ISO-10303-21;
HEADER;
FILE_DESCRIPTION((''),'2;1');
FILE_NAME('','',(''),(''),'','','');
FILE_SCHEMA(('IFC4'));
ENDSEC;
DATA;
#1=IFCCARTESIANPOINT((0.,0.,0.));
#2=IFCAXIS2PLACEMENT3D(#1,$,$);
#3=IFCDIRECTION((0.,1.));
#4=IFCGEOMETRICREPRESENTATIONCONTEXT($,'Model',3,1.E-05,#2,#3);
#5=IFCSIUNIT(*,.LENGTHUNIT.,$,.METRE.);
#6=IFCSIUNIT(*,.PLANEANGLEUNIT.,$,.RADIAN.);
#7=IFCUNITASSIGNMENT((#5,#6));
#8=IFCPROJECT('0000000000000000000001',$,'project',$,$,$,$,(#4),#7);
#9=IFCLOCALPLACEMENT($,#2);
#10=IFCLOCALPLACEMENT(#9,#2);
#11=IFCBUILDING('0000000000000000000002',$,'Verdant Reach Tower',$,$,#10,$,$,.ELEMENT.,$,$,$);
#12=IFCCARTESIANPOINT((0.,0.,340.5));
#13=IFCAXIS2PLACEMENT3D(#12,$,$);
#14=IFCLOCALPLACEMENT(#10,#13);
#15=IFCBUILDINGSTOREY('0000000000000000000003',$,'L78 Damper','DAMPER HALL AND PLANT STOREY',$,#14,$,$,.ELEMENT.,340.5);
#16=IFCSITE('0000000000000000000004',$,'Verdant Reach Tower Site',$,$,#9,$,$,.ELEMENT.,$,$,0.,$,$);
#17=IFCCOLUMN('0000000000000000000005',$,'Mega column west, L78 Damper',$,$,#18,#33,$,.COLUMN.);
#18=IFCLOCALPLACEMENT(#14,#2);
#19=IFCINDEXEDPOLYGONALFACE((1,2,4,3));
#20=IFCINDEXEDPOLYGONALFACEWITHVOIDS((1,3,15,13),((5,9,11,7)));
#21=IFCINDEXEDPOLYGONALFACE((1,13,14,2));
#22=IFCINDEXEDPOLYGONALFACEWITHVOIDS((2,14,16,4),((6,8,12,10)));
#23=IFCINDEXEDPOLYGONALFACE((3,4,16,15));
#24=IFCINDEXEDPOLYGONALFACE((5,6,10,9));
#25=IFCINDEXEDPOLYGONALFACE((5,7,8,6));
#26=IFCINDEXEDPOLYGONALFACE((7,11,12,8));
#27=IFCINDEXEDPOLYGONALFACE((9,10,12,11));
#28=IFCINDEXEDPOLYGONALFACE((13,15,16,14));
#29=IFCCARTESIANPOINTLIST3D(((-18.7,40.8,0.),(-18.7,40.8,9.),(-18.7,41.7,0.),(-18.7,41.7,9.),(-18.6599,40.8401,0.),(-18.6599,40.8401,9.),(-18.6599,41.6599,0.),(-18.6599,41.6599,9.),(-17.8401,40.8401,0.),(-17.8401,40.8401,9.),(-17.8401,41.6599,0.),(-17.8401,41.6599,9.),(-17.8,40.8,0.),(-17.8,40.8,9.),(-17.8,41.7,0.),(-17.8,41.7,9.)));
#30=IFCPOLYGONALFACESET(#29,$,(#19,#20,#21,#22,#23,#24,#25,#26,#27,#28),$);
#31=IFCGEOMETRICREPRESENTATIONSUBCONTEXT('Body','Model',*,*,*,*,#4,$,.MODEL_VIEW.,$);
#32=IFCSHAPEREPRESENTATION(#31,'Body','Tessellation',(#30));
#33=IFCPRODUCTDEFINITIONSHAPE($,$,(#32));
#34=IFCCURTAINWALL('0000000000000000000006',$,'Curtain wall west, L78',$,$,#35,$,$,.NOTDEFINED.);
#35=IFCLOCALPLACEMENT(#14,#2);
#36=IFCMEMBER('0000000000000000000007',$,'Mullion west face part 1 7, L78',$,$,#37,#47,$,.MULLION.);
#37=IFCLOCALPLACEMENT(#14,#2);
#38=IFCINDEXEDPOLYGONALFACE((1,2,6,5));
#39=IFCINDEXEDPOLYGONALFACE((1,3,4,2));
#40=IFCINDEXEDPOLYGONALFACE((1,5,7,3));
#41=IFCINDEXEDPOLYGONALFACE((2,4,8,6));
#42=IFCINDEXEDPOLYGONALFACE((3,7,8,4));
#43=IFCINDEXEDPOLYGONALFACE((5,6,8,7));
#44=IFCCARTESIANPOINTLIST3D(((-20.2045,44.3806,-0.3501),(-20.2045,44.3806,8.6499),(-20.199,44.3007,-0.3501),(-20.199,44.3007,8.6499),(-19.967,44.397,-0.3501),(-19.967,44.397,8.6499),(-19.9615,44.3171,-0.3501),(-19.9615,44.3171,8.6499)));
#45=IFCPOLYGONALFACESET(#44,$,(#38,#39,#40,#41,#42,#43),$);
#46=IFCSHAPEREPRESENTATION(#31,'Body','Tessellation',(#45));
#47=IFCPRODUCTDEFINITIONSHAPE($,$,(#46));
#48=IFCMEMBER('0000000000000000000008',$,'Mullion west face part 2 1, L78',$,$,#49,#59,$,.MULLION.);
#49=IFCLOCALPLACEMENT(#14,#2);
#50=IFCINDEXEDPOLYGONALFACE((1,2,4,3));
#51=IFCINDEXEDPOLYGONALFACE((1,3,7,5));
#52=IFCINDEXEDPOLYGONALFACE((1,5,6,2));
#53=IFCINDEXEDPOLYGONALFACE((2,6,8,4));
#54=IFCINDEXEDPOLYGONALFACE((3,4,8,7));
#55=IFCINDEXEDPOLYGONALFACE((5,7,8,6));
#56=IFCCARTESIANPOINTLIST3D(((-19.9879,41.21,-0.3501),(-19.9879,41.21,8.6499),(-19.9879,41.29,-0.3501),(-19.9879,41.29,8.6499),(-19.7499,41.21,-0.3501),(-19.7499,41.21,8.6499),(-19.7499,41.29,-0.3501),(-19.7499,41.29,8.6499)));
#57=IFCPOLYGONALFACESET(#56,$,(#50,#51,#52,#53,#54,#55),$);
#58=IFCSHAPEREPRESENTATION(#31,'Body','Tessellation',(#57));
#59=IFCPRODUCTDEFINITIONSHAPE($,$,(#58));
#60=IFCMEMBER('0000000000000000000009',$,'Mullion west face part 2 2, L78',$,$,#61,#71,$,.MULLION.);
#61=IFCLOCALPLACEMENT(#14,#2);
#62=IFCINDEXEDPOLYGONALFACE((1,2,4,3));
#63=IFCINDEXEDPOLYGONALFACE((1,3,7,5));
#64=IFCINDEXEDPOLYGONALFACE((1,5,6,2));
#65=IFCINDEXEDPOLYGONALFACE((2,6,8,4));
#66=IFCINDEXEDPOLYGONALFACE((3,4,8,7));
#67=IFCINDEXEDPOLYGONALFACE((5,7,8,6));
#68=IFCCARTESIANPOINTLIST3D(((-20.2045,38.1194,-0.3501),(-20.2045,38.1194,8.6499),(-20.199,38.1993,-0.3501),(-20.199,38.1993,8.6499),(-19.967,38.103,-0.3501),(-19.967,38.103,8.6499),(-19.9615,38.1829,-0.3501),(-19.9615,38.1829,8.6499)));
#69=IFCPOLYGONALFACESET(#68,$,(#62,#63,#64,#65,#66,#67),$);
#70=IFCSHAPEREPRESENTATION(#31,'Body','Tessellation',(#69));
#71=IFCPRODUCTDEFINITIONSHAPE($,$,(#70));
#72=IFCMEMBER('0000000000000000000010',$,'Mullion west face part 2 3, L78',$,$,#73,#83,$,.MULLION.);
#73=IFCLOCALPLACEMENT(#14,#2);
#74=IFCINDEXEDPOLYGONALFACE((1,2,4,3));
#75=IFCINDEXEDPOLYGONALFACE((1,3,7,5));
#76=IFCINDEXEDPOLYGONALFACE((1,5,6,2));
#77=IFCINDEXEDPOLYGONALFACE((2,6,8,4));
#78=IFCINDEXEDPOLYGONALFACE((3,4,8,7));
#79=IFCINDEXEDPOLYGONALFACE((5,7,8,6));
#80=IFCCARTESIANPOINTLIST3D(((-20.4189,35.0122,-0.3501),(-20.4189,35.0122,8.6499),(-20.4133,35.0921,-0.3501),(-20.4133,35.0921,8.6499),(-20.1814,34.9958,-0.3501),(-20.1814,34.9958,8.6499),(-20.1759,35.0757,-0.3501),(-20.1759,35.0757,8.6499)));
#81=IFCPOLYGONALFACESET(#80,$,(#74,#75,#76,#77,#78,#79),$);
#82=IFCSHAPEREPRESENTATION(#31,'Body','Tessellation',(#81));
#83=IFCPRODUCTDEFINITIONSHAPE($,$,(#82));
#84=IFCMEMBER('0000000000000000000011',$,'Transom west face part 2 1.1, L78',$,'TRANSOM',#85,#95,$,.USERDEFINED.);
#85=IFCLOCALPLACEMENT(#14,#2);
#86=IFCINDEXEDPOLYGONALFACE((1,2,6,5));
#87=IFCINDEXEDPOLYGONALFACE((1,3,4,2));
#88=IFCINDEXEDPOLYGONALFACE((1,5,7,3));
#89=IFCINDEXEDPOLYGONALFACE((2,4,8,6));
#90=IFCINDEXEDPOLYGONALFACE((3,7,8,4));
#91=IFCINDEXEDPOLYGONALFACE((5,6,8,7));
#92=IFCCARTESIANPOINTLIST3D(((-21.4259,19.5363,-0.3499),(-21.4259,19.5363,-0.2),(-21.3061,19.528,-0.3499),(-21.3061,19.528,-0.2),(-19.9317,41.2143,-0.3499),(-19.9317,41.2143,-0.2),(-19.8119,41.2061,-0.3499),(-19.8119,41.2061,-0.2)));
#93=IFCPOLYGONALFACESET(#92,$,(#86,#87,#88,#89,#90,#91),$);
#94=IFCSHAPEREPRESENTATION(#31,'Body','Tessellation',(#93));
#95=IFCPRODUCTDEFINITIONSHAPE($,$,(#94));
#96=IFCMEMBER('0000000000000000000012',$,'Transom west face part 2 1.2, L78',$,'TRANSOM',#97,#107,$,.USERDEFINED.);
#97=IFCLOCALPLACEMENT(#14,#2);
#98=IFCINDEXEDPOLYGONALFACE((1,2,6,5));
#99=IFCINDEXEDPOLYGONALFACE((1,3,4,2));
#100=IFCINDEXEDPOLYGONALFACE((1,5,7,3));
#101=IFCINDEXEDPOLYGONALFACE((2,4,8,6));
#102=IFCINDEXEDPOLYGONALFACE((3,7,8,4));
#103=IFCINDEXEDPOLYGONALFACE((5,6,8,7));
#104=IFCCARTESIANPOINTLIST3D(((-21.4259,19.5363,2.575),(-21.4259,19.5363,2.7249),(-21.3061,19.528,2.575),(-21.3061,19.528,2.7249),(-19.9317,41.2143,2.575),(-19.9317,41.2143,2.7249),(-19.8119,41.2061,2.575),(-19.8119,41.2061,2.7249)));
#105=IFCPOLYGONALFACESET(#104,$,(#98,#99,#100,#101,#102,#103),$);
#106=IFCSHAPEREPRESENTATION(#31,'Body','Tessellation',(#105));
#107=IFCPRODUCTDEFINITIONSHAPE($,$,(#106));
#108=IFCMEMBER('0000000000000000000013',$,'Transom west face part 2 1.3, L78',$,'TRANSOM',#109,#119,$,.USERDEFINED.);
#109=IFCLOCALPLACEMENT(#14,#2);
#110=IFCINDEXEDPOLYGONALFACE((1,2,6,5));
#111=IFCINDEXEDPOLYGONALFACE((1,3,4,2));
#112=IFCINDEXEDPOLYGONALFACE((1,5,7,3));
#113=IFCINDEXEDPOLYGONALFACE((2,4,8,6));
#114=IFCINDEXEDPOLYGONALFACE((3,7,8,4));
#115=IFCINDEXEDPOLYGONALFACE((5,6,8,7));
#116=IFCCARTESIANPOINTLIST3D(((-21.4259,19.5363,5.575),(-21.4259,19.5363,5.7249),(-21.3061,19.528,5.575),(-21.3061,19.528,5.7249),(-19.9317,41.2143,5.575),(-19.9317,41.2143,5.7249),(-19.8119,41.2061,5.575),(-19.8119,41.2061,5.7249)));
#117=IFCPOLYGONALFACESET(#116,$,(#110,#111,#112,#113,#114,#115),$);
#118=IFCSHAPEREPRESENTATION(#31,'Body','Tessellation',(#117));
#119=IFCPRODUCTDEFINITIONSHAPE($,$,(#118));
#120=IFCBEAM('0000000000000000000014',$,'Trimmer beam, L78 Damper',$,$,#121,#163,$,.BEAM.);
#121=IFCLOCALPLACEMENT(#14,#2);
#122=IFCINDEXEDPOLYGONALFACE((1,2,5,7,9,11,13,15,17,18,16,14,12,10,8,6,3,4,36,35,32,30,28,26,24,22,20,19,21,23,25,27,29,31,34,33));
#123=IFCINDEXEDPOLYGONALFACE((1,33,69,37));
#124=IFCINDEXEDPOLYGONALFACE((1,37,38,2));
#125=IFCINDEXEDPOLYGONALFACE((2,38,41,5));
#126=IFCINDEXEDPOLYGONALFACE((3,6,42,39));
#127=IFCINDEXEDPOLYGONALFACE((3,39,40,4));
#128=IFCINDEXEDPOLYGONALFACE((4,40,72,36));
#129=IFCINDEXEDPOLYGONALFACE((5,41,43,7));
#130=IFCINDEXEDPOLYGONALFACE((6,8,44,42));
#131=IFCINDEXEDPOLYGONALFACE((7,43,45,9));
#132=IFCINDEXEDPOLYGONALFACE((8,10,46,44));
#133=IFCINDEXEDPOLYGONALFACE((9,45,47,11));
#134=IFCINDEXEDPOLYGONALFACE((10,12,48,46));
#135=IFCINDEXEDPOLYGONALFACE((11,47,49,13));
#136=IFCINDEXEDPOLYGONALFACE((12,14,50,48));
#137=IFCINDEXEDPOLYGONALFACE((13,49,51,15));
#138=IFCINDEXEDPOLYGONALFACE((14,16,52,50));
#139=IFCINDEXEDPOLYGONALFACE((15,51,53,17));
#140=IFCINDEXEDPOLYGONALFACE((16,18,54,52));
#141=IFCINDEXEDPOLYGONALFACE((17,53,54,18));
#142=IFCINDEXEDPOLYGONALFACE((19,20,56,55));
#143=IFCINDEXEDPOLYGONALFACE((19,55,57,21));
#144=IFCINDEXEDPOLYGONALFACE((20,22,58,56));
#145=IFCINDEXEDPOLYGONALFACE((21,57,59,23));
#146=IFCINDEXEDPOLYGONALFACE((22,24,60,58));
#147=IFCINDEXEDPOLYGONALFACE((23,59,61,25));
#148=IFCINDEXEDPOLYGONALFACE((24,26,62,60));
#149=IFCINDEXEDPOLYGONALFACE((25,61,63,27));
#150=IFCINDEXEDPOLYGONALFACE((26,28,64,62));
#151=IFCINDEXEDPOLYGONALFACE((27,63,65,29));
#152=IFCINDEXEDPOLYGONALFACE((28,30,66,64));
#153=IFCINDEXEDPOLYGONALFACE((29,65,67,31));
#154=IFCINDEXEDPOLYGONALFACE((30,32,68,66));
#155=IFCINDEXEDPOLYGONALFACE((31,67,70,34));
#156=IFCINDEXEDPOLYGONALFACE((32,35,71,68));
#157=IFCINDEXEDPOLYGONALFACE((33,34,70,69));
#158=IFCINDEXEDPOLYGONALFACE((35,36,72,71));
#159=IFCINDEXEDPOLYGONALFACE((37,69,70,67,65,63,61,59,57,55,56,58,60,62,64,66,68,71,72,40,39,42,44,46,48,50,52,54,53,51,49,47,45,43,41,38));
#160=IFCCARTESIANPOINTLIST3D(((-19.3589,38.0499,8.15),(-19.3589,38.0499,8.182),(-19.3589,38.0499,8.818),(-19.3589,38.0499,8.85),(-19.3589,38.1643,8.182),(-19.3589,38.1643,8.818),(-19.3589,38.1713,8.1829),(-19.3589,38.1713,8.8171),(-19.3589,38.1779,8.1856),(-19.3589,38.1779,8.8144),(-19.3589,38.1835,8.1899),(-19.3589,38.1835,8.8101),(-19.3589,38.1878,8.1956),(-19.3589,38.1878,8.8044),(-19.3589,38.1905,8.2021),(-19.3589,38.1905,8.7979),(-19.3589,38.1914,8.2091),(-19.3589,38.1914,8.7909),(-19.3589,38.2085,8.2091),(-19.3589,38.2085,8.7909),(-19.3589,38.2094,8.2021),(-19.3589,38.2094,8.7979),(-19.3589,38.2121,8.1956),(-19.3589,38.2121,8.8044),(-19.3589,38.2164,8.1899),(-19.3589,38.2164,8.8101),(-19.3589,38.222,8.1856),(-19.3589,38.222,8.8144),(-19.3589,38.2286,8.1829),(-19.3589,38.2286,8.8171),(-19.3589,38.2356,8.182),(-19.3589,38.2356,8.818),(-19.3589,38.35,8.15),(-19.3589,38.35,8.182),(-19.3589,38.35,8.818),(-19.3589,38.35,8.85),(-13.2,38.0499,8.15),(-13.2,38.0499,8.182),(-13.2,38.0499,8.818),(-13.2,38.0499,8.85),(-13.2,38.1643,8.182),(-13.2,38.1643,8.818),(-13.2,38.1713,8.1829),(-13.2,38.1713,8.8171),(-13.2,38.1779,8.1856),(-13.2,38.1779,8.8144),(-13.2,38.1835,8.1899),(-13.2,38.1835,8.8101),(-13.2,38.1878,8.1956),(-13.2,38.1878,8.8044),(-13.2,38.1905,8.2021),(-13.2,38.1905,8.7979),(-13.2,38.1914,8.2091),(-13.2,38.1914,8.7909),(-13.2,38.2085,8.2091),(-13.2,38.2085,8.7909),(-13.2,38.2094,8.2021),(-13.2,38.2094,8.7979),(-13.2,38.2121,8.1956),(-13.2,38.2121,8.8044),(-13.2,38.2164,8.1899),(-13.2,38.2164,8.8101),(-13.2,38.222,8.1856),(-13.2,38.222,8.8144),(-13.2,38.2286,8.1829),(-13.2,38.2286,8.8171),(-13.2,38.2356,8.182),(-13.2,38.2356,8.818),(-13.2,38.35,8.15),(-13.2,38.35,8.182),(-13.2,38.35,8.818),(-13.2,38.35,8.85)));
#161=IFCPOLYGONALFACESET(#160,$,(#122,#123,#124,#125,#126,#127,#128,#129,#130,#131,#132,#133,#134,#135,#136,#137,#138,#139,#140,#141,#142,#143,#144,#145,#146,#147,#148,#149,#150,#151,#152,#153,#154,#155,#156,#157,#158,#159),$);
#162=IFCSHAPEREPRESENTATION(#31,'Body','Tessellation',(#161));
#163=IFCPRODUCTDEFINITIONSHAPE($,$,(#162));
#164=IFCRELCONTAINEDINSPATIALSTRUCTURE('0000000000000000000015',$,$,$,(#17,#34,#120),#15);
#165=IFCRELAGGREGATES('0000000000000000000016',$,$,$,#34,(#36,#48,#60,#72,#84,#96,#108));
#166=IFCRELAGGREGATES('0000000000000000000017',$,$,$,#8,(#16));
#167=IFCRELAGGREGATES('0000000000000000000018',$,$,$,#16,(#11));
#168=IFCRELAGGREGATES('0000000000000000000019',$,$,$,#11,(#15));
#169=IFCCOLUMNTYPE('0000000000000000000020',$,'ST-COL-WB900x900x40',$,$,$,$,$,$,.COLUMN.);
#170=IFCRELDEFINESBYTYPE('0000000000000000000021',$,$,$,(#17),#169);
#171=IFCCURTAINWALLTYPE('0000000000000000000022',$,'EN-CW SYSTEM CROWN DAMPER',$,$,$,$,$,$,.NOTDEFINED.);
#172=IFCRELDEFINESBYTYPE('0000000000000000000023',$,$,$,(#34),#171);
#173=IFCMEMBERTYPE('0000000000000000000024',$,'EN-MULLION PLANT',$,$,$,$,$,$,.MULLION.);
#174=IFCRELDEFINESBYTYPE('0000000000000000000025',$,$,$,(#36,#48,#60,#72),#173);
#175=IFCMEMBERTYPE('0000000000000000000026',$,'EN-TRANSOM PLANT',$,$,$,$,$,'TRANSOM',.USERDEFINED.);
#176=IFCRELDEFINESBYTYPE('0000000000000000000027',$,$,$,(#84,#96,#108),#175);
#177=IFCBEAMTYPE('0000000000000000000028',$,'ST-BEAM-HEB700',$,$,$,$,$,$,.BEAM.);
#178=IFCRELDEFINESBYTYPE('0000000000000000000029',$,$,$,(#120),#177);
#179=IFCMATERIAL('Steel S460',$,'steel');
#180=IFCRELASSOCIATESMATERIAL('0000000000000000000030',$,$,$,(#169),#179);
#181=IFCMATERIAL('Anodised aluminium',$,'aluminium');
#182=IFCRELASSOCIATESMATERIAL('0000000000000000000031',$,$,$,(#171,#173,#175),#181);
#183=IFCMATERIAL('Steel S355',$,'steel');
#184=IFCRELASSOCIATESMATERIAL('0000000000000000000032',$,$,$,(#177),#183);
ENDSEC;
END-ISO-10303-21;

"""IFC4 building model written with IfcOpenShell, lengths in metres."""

from ifc_helpers import new_model, si_unit, direction, frame, origin, origin_2d, place, context, subcontext, project, spatial, rectangle, hollow_rectangle, i_section, extrude, material, material_profile, profile_set, type_object, element, aggregate, save


model = new_model("IFC4")

# Units and contexts
model_context = context("Model", 3, precision=1e-05, world=origin(), true_north=direction((0.0, 1.0)))
body_context = subcontext(model_context, "Body", "Model", "MODEL_VIEW")
ifc_project = project(units=[si_unit("LENGTHUNIT", "METRE"), si_unit("PLANEANGLEUNIT", "RADIAN")], contexts=[model_context])

# Site, building, storey
site_placement = place(None, origin())
site = spatial("IfcSite", under=ifc_project, at=site_placement, Name="Verdant Reach Tower Site", CompositionType="ELEMENT", RefElevation=0.0)
building_placement = place(site_placement, origin())
building = spatial("IfcBuilding", under=site, at=building_placement, Name="Verdant Reach Tower", CompositionType="ELEMENT")
storey_placement = place(building_placement, frame((0.0, 0.0, 340.5)))
storey = spatial("IfcBuildingStorey", under=building, at=storey_placement, Name="L78 Damper", Description="DAMPER HALL AND PLANT STOREY", CompositionType="ELEMENT", Elevation=340.5)

# Column
ifc_material_1 = material(Name="Steel S460", Category="steel")
ifc_material_profile_1 = material_profile(ifc_material_1, hollow_rectangle(XDim=0.8999, YDim=0.8999, WallThickness=0.04, at=origin_2d()), Name="WB 900x900x40")
ifc_profile_set_1 = profile_set([ifc_material_profile_1], Name="Steel S460")
column_type = type_object("IfcColumnType", Name="ST-COL-WB900x900x40", PredefinedType="COLUMN", material=ifc_profile_set_1)
column_placement = place(storey_placement, frame((-18.25, 41.25, 0.0), z_axis=(0.0, 0.0, 1.0), x_axis=(1.0, 0.0, 0.0)))
element("IfcColumn", 1, at=column_placement, inside=storey, type_object=column_type, Name="Mega column west, L78 Damper", PredefinedType="COLUMN", context=body_context, shape_type="SweptSolid", body=[
    extrude(hollow_rectangle(XDim=0.8999, YDim=0.8999, WallThickness=0.04, at=origin_2d()), origin(), (0.0, 0.0, 1.0), 9.0),
])

# Curtain wall, members
ifc_material_2 = material(Name="Anodised aluminium", Category="aluminium")
curtain_wall_type = type_object("IfcCurtainWallType", Name="EN-CW SYSTEM CROWN DAMPER", PredefinedType="NOTDEFINED", material=ifc_material_2)
curtain_wall_placement = place(storey_placement, origin())
curtain_wall = element("IfcCurtainWall", 2, at=curtain_wall_placement, inside=storey, type_object=curtain_wall_type, Name="Curtain wall west, L78", PredefinedType="NOTDEFINED")
ifc_material_profile_2 = material_profile(ifc_material_2, rectangle(XDim=0.238, YDim=0.0801, at=origin_2d()), Name="Mullion 80x240")
ifc_profile_set_2 = profile_set([ifc_material_profile_2], Name="Anodised aluminium")
member_type_1 = type_object("IfcMemberType", Name="EN-MULLION PLANT", PredefinedType="MULLION", material=ifc_profile_set_2)
member_1_placement = place(storey_placement, frame((-20.083, 44.3489, -0.3501), z_axis=(0.0, 0.0, 1.0), x_axis=(-0.99763, -0.068802, 0.0)))
member_1 = element("IfcMember", 3, at=member_1_placement, type_object=member_type_1, Name="Mullion west face part 1 7, L78", PredefinedType="MULLION", context=body_context, shape_type="SweptSolid", body=[
    extrude(rectangle(XDim=0.238, YDim=0.0801, at=origin_2d()), origin(), (0.0, 0.0, 1.0), 9.0),
])
member_2_placement = place(storey_placement, frame((-19.8689, 41.25, -0.3501), z_axis=(0.0, 0.0, 1.0), x_axis=(-1.0, 0.0, 0.0)))
member_2 = element("IfcMember", 4, at=member_2_placement, type_object=member_type_1, Name="Mullion west face part 2 1, L78", PredefinedType="MULLION", context=body_context, shape_type="SweptSolid", body=[
    extrude(rectangle(XDim=0.238, YDim=0.0801, at=origin_2d()), origin(), (0.0, 0.0, 1.0), 9.0),
])
member_3_placement = place(storey_placement, frame((-20.083, 38.1511, -0.3501), z_axis=(0.0, 0.0, 1.0), x_axis=(-0.99763, 0.068802, 0.0)))
member_3 = element("IfcMember", 5, at=member_3_placement, type_object=member_type_1, Name="Mullion west face part 2 2, L78", PredefinedType="MULLION", context=body_context, shape_type="SweptSolid", body=[
    extrude(rectangle(XDim=0.238, YDim=0.0801, at=origin_2d()), origin(), (0.0, 0.0, 1.0), 9.0),
])
member_4_placement = place(storey_placement, frame((-20.2974, 35.0439, -0.3501), z_axis=(0.0, 0.0, 1.0), x_axis=(-0.99763, 0.068802, 0.0)))
member_4 = element("IfcMember", 6, at=member_4_placement, type_object=member_type_1, Name="Mullion west face part 2 3, L78", PredefinedType="MULLION", context=body_context, shape_type="SweptSolid", body=[
    extrude(rectangle(XDim=0.238, YDim=0.0801, at=origin_2d()), origin(), (0.0, 0.0, 1.0), 9.0),
])
ifc_material_profile_3 = material_profile(ifc_material_2, rectangle(XDim=0.1201, YDim=0.1499, at=origin_2d()), Name="Transom 150x120")
ifc_profile_set_3 = profile_set([ifc_material_profile_3], Name="Anodised aluminium")
member_type_2 = type_object("IfcMemberType", Name="EN-TRANSOM PLANT", ElementType="TRANSOM", PredefinedType="USERDEFINED", material=ifc_profile_set_3)
member_5_placement = place(storey_placement, frame((-19.8718, 41.2102, -0.2749), z_axis=(-0.068761, -0.997633, 0.0), x_axis=(0.997633, -0.068761, 0.0)))
member_5 = element("IfcMember", 7, at=member_5_placement, type_object=member_type_2, Name="Transom west face part 2 1.1, L78", ObjectType="TRANSOM", PredefinedType="USERDEFINED", context=body_context, shape_type="SweptSolid", body=[
    extrude(rectangle(XDim=0.1201, YDim=0.1499, at=origin_2d()), origin(), (0.0, 0.0, 1.0), 21.7295),
])
member_6_placement = place(storey_placement, frame((-19.8718, 41.2102, 2.6499), z_axis=(-0.068761, -0.997633, 0.0), x_axis=(0.997633, -0.068761, 0.0)))
member_6 = element("IfcMember", 8, at=member_6_placement, type_object=member_type_2, Name="Transom west face part 2 1.2, L78", ObjectType="TRANSOM", PredefinedType="USERDEFINED", context=body_context, shape_type="SweptSolid", body=[
    extrude(rectangle(XDim=0.1201, YDim=0.1499, at=origin_2d()), origin(), (0.0, 0.0, 1.0), 21.7295),
])
member_7_placement = place(storey_placement, frame((-19.8718, 41.2102, 5.6499), z_axis=(-0.068761, -0.997633, 0.0), x_axis=(0.997633, -0.068761, 0.0)))
member_7 = element("IfcMember", 9, at=member_7_placement, type_object=member_type_2, Name="Transom west face part 2 1.3, L78", ObjectType="TRANSOM", PredefinedType="USERDEFINED", context=body_context, shape_type="SweptSolid", body=[
    extrude(rectangle(XDim=0.1201, YDim=0.1499, at=origin_2d()), origin(), (0.0, 0.0, 1.0), 21.7295),
])

# Beam
ifc_material_3 = material(Name="Steel S355", Category="steel")
ifc_material_profile_4 = material_profile(ifc_material_3, i_section(OverallWidth=0.3, OverallDepth=0.7, WebThickness=0.0171, FlangeThickness=0.032, FilletRadius=0.0271, at=origin_2d()), Name="HEB 700")
ifc_profile_set_4 = profile_set([ifc_material_profile_4], Name="Steel S355")
beam_type_1 = type_object("IfcBeamType", Name="ST-BEAM-HEB700", PredefinedType="BEAM", material=ifc_profile_set_4)
beam_1_placement = place(storey_placement, frame((-13.2, 38.2, 8.5), z_axis=(-1.0, 0.0, 0.0), x_axis=(0.0, -1.0, 0.0)))
element("IfcBeam", 10, at=beam_1_placement, inside=storey, type_object=beam_type_1, Name="Trimmer beam, L78 Damper", PredefinedType="BEAM", context=body_context, shape_type="SweptSolid", body=[
    extrude(i_section(OverallWidth=0.3, OverallDepth=0.7, WebThickness=0.0171, FlangeThickness=0.032, FilletRadius=0.0271, at=origin_2d()), origin(), (0.0, 0.0, 1.0), 6.1589),
])

aggregate(curtain_wall, [member_1, member_2, member_3, member_4, member_5, member_6, member_7])

save(model, "model.ifc")
